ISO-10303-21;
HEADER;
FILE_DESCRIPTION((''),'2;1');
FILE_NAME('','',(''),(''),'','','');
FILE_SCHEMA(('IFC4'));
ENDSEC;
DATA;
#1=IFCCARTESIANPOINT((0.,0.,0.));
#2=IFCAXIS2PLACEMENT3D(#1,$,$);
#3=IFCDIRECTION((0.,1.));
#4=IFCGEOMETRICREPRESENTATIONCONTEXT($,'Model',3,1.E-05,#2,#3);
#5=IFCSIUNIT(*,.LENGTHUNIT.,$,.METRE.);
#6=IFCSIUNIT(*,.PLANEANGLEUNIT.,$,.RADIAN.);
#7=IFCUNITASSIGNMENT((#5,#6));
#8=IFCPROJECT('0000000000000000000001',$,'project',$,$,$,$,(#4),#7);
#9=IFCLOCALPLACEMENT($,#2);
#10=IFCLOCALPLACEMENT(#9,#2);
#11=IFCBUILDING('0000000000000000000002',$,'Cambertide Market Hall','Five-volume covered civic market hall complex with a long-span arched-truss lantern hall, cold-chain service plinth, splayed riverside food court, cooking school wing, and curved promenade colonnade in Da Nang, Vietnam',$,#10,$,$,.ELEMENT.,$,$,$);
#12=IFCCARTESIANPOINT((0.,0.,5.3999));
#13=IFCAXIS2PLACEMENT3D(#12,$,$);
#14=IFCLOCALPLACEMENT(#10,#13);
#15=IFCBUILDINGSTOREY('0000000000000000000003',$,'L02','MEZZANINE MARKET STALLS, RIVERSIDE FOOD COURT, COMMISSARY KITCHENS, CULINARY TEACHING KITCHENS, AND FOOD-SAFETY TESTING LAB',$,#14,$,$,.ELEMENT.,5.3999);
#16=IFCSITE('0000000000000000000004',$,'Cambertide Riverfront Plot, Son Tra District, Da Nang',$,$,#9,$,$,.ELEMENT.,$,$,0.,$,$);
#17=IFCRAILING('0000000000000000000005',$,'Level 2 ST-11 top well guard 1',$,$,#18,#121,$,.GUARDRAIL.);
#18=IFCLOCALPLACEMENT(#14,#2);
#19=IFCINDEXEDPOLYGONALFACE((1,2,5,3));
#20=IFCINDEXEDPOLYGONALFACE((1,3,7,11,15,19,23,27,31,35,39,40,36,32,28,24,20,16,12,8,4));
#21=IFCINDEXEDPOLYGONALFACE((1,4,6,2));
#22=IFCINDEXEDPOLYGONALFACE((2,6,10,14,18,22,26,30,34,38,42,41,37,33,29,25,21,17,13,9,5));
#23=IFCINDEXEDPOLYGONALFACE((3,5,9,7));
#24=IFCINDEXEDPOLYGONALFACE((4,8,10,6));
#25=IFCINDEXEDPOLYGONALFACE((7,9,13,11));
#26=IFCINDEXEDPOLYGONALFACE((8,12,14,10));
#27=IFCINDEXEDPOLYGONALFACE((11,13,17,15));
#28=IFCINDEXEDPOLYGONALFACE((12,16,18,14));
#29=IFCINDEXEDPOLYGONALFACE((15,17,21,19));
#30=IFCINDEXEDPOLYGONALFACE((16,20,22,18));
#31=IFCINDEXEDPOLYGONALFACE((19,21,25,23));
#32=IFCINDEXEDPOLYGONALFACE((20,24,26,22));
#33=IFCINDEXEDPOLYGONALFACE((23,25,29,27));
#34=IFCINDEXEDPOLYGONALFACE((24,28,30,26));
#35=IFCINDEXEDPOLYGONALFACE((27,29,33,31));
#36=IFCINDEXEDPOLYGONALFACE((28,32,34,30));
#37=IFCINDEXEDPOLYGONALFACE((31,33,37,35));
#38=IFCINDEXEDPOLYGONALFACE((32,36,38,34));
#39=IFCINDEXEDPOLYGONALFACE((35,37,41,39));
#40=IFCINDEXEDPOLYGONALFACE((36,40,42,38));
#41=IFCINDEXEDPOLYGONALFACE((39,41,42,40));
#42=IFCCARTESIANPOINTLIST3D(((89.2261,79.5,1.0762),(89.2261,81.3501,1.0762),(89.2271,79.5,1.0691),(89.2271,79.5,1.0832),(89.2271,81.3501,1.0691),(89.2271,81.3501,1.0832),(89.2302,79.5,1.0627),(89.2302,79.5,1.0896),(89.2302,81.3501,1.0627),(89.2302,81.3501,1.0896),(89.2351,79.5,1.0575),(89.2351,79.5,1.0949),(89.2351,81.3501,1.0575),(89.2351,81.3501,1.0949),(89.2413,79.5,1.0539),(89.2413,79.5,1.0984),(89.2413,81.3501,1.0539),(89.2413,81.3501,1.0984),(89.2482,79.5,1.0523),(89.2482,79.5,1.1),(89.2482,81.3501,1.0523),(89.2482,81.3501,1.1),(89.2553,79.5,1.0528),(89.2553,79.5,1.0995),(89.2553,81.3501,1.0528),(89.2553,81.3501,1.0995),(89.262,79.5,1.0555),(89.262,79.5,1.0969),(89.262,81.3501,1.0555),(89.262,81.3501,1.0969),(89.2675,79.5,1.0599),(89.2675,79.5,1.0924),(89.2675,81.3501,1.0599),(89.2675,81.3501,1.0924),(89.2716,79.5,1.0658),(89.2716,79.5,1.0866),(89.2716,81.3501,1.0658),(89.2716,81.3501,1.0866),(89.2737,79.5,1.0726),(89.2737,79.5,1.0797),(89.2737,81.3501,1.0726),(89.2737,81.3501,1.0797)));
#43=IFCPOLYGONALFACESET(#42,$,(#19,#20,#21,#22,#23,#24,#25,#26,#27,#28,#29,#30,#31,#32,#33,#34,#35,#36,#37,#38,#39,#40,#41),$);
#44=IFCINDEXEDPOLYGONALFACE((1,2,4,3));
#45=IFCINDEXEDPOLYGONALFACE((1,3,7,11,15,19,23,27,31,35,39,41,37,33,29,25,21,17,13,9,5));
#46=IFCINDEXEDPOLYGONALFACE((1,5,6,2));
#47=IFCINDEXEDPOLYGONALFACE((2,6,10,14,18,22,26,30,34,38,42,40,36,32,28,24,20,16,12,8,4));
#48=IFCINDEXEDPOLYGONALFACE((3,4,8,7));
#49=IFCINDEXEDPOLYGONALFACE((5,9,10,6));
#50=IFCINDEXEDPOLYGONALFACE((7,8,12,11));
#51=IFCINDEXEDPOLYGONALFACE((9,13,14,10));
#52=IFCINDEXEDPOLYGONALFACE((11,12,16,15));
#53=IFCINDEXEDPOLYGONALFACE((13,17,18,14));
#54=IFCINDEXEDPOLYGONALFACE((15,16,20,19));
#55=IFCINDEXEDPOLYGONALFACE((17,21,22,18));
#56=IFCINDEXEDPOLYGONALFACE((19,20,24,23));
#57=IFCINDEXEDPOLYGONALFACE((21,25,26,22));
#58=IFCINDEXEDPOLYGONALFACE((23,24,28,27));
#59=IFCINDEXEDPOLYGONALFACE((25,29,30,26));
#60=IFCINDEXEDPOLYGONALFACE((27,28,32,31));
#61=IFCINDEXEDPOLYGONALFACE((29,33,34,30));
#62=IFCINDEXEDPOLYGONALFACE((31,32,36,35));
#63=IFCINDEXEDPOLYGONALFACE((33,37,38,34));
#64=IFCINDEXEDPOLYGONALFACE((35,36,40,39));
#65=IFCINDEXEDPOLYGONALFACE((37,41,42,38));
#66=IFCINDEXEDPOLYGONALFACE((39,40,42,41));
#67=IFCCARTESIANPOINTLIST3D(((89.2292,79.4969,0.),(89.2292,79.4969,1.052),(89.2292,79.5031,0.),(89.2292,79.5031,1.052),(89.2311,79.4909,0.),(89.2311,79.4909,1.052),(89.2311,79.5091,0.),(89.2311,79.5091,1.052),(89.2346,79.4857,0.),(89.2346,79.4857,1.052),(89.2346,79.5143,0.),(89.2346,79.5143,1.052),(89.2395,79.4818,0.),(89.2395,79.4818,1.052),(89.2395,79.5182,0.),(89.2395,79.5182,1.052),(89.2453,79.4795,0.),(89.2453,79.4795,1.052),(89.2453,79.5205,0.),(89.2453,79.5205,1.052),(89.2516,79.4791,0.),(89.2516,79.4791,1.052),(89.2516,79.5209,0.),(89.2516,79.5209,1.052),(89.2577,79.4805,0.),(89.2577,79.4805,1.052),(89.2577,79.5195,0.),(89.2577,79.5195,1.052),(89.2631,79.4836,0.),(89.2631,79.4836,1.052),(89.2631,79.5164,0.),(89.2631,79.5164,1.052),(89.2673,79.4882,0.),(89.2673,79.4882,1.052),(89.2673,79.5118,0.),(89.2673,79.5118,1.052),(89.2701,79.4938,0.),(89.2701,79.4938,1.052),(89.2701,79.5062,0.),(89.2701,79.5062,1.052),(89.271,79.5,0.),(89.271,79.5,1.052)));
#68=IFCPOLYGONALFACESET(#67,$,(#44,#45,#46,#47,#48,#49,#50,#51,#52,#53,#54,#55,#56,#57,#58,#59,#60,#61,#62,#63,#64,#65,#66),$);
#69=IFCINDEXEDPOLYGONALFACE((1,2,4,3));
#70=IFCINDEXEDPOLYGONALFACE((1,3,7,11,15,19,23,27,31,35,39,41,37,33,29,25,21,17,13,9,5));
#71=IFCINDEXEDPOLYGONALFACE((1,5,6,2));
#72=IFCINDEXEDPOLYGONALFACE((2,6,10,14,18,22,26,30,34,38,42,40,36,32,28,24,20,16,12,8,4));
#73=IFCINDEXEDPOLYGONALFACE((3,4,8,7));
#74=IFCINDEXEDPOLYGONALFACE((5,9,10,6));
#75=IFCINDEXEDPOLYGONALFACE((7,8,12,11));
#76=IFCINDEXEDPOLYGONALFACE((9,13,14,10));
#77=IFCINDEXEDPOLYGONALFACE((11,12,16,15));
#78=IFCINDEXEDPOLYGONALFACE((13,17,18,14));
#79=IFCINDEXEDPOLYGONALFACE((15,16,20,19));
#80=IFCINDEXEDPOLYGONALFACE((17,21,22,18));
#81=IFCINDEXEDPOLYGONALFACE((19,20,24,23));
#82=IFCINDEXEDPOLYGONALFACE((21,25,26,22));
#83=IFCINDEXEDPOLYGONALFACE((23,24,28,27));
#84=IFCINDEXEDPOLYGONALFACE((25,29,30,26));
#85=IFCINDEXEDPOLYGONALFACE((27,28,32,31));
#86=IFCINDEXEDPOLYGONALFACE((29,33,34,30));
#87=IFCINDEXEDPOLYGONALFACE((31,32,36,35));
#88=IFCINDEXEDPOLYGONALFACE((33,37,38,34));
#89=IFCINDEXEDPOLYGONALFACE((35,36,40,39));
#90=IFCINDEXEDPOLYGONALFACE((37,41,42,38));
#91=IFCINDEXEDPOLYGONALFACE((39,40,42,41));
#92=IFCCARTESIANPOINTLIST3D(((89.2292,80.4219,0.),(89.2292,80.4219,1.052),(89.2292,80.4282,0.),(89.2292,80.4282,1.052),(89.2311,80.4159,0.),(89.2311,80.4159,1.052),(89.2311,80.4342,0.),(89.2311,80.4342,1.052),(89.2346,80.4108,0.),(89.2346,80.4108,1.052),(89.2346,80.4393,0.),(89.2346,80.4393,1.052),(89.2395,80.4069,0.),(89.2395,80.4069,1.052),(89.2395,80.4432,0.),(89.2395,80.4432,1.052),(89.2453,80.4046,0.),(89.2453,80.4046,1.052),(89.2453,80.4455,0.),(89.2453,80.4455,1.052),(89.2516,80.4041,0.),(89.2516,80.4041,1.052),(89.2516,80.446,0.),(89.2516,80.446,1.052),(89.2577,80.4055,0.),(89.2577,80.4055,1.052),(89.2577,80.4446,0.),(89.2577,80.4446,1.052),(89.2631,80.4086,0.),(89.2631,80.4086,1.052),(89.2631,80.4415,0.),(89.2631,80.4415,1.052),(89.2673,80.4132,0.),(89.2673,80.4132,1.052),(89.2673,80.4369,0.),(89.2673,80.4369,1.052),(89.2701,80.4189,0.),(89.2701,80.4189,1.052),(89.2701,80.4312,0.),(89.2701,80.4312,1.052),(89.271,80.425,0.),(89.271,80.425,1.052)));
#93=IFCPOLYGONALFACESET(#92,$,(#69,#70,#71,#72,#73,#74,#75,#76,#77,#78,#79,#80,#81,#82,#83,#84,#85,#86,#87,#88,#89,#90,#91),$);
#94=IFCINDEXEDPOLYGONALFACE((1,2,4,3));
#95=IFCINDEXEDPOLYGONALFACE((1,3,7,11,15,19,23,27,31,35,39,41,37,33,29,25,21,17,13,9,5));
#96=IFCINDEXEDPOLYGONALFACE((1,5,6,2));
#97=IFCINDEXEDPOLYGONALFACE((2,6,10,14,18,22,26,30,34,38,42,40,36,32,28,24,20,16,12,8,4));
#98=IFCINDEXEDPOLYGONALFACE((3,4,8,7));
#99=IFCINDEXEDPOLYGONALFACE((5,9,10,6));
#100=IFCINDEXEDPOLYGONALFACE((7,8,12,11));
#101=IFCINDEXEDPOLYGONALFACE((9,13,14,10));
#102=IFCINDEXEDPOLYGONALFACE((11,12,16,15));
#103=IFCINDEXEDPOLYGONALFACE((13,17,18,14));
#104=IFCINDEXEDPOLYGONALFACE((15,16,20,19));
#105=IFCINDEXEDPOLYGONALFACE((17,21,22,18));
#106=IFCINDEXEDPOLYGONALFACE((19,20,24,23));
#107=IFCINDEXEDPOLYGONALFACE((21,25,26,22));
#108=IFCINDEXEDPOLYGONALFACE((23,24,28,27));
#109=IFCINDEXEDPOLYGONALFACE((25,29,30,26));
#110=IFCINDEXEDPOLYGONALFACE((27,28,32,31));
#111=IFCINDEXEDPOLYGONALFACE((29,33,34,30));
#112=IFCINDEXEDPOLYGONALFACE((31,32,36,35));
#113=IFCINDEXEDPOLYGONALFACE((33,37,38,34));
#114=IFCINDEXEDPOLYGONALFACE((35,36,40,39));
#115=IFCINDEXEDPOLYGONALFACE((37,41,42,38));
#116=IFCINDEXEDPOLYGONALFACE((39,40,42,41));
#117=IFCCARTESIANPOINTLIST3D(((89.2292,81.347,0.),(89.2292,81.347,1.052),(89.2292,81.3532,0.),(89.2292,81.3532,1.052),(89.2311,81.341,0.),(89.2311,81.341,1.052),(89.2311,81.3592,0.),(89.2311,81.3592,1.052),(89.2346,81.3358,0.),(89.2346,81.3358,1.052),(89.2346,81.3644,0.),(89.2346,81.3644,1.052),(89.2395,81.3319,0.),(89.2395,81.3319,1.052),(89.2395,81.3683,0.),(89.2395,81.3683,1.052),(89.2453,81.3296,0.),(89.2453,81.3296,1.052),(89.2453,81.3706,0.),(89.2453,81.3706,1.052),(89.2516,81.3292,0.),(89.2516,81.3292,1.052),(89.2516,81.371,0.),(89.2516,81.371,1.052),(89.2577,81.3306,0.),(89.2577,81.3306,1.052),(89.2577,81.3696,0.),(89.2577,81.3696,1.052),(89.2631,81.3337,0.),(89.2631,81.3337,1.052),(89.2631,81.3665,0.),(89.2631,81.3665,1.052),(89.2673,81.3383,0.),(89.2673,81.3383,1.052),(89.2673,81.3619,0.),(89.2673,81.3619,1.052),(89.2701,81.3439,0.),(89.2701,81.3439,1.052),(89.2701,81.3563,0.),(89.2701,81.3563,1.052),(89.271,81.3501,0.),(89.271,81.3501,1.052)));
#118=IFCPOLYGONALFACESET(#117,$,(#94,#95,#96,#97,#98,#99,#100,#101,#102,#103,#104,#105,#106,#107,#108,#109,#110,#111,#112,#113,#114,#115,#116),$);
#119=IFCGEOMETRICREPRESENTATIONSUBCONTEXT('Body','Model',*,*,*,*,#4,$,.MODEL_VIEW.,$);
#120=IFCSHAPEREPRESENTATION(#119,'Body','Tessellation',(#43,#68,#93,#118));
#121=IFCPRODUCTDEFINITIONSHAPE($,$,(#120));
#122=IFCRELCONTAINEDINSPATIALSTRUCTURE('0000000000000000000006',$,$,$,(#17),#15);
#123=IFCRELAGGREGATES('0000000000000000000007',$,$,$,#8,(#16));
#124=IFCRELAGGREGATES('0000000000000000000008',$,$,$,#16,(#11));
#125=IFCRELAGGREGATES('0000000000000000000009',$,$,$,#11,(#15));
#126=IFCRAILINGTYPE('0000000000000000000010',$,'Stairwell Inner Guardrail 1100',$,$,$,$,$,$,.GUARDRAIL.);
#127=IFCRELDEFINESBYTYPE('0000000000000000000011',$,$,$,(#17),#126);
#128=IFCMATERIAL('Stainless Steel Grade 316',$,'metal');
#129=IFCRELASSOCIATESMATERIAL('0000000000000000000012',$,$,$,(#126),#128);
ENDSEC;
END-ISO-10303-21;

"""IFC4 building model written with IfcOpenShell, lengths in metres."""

from ifc_helpers import new_model, si_unit, direction, frame, origin, origin_2d, place, context, subcontext, project, spatial, circle, extrude, material, type_object, element, save


model = new_model("IFC4")

# Units and contexts
model_context = context("Model", 3, precision=1e-05, world=origin(), true_north=direction((0.0, 1.0)))
body_context = subcontext(model_context, "Body", "Model", "MODEL_VIEW")
ifc_project = project(units=[si_unit("LENGTHUNIT", "METRE"), si_unit("PLANEANGLEUNIT", "RADIAN")], contexts=[model_context])

# Site, building, storey
site_placement = place(None, origin())
site = spatial("IfcSite", under=ifc_project, at=site_placement, Name="Cambertide Riverfront Plot, Son Tra District, Da Nang", CompositionType="ELEMENT", RefElevation=0.0)
building_placement = place(site_placement, origin())
building = spatial("IfcBuilding", under=site, at=building_placement, Name="Cambertide Market Hall", Description="Five-volume covered civic market hall complex with a long-span arched-truss lantern hall, cold-chain service plinth, splayed riverside food court, cooking school wing, and curved promenade colonnade in Da Nang, Vietnam", CompositionType="ELEMENT")
storey_placement = place(building_placement, frame((0.0, 0.0, 5.3999)))
storey = spatial("IfcBuildingStorey", under=building, at=storey_placement, Name="L02", Description="MEZZANINE MARKET STALLS, RIVERSIDE FOOD COURT, COMMISSARY KITCHENS, CULINARY TEACHING KITCHENS, AND FOOD-SAFETY TESTING LAB", CompositionType="ELEMENT", Elevation=5.3999)

# Railing
ifc_material_1 = material(Name="Stainless Steel Grade 316", Category="metal")
railing_type = type_object("IfcRailingType", Name="Stairwell Inner Guardrail 1100", PredefinedType="GUARDRAIL", material=ifc_material_1)
railing_1_placement = place(storey_placement, frame((89.25, 79.5, 0.0)))
element("IfcRailing", 1, at=railing_1_placement, inside=storey, type_object=railing_type, Name="Level 2 ST-11 top well guard 1", PredefinedType="GUARDRAIL", context=body_context, shape_type="SweptSolid", body=[
    extrude(circle(Radius=0.0239, at=origin_2d()), frame((0.0, 0.0, 1.0762), z_axis=(0.0, 1.0, 0.0), x_axis=(-1.0, 0.0, 0.0)), (0.0, 0.0, 1.0), 1.8501),
    extrude(circle(Radius=0.021, at=origin_2d()), origin(), (0.0, 0.0, 1.0), 1.052),
    extrude(circle(Radius=0.021, at=origin_2d()), frame((0.0, 0.925, 0.0)), (0.0, 0.0, 1.0), 1.052),
    extrude(circle(Radius=0.021, at=origin_2d()), frame((0.0, 1.8501, 0.0)), (0.0, 0.0, 1.0), 1.052),
])

save(model, "model.ifc")
